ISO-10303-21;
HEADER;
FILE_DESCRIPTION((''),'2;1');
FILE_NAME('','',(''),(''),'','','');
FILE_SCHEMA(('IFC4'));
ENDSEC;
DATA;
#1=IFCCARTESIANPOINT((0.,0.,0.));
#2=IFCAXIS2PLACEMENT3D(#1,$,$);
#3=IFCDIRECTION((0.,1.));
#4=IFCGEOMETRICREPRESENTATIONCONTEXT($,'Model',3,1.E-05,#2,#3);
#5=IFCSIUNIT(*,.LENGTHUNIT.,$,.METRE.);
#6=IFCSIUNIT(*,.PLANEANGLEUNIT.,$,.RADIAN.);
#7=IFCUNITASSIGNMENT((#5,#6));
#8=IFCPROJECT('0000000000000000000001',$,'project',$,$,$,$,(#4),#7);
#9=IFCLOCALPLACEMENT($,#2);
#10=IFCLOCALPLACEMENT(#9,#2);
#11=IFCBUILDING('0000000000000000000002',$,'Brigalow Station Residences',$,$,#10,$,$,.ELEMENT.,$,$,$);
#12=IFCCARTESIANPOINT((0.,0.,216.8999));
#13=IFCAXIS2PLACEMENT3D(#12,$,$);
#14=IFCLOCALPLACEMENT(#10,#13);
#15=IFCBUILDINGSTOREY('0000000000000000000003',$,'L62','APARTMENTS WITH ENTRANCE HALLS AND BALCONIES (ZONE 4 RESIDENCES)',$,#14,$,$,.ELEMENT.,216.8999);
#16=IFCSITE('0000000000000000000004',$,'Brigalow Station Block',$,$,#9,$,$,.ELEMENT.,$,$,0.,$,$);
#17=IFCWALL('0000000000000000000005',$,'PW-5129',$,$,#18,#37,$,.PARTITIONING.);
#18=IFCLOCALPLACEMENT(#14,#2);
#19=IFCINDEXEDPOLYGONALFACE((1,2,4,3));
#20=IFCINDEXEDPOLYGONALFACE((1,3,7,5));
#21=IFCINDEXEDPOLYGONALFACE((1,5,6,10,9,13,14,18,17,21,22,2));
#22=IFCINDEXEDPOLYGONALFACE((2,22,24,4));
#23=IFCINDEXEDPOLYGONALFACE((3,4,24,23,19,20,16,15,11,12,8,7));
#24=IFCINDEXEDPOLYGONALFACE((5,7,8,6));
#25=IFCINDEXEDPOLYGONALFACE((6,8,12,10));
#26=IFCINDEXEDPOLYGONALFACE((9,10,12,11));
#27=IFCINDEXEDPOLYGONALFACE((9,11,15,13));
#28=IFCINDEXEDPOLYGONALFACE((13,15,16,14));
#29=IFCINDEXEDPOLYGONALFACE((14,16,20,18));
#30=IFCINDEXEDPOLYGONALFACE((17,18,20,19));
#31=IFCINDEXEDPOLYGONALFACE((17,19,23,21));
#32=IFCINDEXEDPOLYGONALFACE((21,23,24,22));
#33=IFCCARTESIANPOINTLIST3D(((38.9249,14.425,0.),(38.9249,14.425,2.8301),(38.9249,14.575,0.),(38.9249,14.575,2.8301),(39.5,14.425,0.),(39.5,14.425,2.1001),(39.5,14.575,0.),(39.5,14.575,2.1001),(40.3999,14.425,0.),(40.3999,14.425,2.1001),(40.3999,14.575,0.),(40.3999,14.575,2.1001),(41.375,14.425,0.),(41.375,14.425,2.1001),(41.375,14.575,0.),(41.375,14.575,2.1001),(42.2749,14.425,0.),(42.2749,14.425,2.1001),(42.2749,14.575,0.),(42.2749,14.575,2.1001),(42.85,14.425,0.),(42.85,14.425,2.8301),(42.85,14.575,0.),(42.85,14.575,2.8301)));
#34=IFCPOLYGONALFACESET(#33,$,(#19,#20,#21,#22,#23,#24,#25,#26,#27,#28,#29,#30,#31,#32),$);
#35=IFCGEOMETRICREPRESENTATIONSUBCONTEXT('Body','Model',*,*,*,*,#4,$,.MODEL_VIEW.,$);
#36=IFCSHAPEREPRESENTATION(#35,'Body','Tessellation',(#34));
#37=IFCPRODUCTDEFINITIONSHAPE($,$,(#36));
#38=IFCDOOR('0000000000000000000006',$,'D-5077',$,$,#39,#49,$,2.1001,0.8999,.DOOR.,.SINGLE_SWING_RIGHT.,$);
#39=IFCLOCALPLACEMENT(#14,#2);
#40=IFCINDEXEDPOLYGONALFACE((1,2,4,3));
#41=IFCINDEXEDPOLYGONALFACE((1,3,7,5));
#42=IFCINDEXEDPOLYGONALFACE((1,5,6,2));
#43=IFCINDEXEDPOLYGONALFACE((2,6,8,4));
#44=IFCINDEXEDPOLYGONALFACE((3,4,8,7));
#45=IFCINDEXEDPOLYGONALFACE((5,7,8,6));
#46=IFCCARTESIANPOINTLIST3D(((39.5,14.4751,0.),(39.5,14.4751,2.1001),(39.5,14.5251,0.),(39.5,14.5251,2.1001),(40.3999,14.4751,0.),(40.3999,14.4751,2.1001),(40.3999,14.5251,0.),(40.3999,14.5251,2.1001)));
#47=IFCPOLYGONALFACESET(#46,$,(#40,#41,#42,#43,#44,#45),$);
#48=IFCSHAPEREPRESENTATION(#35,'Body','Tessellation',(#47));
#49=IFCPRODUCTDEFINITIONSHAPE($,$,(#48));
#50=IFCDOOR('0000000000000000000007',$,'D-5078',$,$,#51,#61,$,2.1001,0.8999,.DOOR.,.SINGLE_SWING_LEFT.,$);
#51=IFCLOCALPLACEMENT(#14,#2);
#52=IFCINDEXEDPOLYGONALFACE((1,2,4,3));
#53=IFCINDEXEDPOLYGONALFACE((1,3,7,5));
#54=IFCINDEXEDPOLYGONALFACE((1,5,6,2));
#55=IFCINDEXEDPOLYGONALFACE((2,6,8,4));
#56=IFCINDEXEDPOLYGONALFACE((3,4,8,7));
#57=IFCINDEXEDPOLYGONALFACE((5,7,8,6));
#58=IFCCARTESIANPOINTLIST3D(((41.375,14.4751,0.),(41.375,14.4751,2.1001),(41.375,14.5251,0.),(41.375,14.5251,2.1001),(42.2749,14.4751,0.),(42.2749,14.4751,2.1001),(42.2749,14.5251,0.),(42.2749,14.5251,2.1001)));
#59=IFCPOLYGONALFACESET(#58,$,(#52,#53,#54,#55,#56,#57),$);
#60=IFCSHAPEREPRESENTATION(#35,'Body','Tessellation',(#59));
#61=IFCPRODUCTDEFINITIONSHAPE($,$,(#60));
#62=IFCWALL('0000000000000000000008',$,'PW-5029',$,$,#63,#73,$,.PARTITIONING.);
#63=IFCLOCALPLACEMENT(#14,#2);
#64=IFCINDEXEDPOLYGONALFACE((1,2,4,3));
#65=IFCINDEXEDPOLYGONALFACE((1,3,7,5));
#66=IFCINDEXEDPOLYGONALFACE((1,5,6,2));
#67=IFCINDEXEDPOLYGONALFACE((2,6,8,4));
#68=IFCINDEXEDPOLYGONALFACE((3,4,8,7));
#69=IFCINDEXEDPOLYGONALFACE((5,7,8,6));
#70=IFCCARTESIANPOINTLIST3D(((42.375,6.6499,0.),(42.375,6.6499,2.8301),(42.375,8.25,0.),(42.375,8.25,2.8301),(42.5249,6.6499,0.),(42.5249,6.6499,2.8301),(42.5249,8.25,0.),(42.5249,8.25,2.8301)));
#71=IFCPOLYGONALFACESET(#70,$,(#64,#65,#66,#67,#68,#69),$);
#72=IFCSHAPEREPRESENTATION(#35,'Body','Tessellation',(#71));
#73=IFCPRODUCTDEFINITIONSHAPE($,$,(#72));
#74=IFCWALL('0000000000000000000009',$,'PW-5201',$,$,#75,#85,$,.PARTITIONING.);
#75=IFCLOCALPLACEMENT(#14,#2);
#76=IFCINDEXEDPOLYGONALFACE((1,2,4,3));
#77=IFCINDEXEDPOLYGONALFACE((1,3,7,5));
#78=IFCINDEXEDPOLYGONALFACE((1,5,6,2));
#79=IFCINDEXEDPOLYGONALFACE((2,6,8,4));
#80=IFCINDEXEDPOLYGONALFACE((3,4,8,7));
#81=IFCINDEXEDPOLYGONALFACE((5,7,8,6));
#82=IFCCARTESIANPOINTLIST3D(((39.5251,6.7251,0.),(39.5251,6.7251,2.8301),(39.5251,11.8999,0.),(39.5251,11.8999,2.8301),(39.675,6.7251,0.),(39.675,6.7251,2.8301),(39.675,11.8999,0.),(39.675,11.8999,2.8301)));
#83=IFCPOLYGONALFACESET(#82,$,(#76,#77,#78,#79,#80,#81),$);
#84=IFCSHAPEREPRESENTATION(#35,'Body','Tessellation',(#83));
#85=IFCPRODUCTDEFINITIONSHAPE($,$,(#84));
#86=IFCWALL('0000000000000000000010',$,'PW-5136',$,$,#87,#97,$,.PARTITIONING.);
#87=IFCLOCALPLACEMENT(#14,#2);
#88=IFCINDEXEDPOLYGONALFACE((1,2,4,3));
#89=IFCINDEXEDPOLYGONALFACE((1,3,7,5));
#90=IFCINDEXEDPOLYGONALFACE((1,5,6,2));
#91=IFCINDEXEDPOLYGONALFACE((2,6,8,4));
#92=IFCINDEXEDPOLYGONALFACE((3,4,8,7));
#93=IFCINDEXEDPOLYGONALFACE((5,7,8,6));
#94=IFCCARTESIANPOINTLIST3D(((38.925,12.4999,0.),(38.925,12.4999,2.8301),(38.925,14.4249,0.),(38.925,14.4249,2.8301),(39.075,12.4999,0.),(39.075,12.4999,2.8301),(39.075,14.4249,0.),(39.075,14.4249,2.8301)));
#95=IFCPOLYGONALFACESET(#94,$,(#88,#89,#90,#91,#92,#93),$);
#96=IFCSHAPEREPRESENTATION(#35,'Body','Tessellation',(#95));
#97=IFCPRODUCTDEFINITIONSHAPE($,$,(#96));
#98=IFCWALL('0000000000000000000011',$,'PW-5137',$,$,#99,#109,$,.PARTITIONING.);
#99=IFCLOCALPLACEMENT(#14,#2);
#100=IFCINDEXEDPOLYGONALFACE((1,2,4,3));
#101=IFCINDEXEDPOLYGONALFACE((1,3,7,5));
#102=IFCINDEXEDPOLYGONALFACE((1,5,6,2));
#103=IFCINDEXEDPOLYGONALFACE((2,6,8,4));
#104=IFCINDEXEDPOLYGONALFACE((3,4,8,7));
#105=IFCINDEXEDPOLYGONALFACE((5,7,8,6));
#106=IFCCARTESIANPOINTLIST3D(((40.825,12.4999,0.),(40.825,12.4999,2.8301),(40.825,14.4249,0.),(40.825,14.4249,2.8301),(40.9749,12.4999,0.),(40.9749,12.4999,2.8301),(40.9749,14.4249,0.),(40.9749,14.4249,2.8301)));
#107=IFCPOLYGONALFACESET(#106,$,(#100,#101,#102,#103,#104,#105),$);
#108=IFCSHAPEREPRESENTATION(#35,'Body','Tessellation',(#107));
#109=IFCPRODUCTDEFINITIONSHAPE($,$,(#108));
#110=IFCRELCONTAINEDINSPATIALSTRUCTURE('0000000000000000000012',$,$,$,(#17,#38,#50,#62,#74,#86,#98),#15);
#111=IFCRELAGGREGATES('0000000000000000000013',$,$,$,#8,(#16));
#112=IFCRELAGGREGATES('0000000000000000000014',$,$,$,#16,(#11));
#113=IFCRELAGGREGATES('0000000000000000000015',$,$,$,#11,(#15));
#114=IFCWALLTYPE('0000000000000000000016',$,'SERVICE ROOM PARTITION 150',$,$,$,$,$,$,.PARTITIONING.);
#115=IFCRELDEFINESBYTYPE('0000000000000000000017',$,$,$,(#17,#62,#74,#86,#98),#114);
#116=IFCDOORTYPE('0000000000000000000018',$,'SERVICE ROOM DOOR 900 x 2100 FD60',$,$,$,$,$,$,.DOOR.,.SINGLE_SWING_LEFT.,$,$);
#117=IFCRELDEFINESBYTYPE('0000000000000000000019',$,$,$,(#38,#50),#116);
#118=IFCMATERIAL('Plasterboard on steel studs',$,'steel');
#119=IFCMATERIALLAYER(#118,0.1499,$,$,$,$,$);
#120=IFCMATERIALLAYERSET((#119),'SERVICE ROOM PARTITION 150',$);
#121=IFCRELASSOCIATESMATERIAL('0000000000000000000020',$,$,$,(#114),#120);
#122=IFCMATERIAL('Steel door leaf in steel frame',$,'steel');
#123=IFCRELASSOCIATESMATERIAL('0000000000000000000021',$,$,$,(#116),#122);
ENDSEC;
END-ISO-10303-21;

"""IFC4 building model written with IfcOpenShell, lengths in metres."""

from ifc_helpers import new_model, si_unit, direction, frame, frame_2d, origin, place, context, subcontext, project, spatial, rectangle, extrude, material, layer, layer_set, type_object, element, fill, save


model = new_model("IFC4")

# Units and contexts
model_context = context("Model", 3, precision=1e-05, world=origin(), true_north=direction((0.0, 1.0)))
body_context = subcontext(model_context, "Body", "Model", "MODEL_VIEW")
ifc_project = project(units=[si_unit("LENGTHUNIT", "METRE"), si_unit("PLANEANGLEUNIT", "RADIAN")], contexts=[model_context])

# Site, building, storey
site_placement = place(None, origin())
site = spatial("IfcSite", under=ifc_project, at=site_placement, Name="Brigalow Station Block", CompositionType="ELEMENT", RefElevation=0.0)
building_placement = place(site_placement, origin())
building = spatial("IfcBuilding", under=site, at=building_placement, Name="Brigalow Station Residences", CompositionType="ELEMENT")
storey_placement = place(building_placement, frame((0.0, 0.0, 216.8999)))
storey = spatial("IfcBuildingStorey", under=building, at=storey_placement, Name="L62", Description="APARTMENTS WITH ENTRANCE HALLS AND BALCONIES (ZONE 4 RESIDENCES)", CompositionType="ELEMENT", Elevation=216.8999)

# Wall, openings, doors
ifc_material_1 = material(Name="Plasterboard on steel studs", Category="steel")
ifc_layer_1 = layer(ifc_material_1, 0.1499)
ifc_layer_set_1 = layer_set([ifc_layer_1], Name="SERVICE ROOM PARTITION 150")
wall_type_1 = type_object("IfcWallType", Name="SERVICE ROOM PARTITION 150", PredefinedType="PARTITIONING", material=ifc_layer_set_1)
wall_1_placement = place(storey_placement, frame((38.925, 14.5, 0.0), z_axis=(0.0, 0.0, 1.0), x_axis=(1.0, 0.0, 0.0)))
wall_1 = element("IfcWall", 1, at=wall_1_placement, inside=storey, type_object=wall_type_1, Name="PW-5129", PredefinedType="PARTITIONING", context=body_context, shape_type="SweptSolid", body=[
    extrude(rectangle(XDim=3.925, YDim=0.1499, at=frame_2d((1.9624, 0.0))), origin(), (0.0, 0.0, 1.0), 2.8301),
])
opening_1_placement = place(wall_1_placement, frame((0.575, 0.0, 0.0)))
opening_1 = element("IfcOpeningElement", 2, at=opening_1_placement, cuts=wall_1, PredefinedType="OPENING", context=body_context, shape_type="SweptSolid", body=[
    extrude(rectangle(XDim=0.8999, YDim=2.1001, at=frame_2d((0.45, 1.05))), frame((0.0, 0.085, 0.0), z_axis=(0.0, -1.0, 0.0), x_axis=(1.0, 0.0, 0.0)), (0.0, 0.0, 1.0), 0.1699),
])
opening_2_placement = place(wall_1_placement, frame((2.45, 0.0, 0.0)))
opening_2 = element("IfcOpeningElement", 3, at=opening_2_placement, cuts=wall_1, PredefinedType="OPENING", context=body_context, shape_type="SweptSolid", body=[
    extrude(rectangle(XDim=0.8999, YDim=2.1001, at=frame_2d((0.45, 1.05))), frame((0.0, 0.085, 0.0), z_axis=(0.0, -1.0, 0.0), x_axis=(1.0, 0.0, 0.0)), (0.0, 0.0, 1.0), 0.1699),
])
ifc_material_2 = material(Name="Steel door leaf in steel frame", Category="steel")
door_type_1 = type_object("IfcDoorType", Name="SERVICE ROOM DOOR 900 x 2100 FD60", OperationType="SINGLE_SWING_LEFT", PredefinedType="DOOR", material=ifc_material_2)
door_1_placement = place(opening_1_placement, frame((0.8999, 0.0, 0.0), z_axis=(0.0, 0.0, 1.0), x_axis=(-1.0, 0.0, 0.0)))
door_1 = element("IfcDoor", 4, at=door_1_placement, inside=storey, type_object=door_type_1, Name="D-5077", OperationType="SINGLE_SWING_RIGHT", OverallHeight=2.1001, OverallWidth=0.8999, PredefinedType="DOOR", context=body_context, shape_type="SweptSolid", body=[
    extrude(rectangle(XDim=0.8999, YDim=2.1001, at=frame_2d((0.45, 1.05))), frame((0.0, 0.0249, 0.0), z_axis=(0.0, -1.0, 0.0), x_axis=(1.0, 0.0, 0.0)), (0.0, 0.0, 1.0), 0.05),
])
fill(opening_1, door_1)
door_2_placement = place(opening_2_placement, frame((0.8999, 0.0, 0.0), z_axis=(0.0, 0.0, 1.0), x_axis=(-1.0, 0.0, 0.0)))
door_2 = element("IfcDoor", 5, at=door_2_placement, inside=storey, type_object=door_type_1, Name="D-5078", OperationType="SINGLE_SWING_LEFT", OverallHeight=2.1001, OverallWidth=0.8999, PredefinedType="DOOR", context=body_context, shape_type="SweptSolid", body=[
    extrude(rectangle(XDim=0.8999, YDim=2.1001, at=frame_2d((0.45, 1.05))), frame((0.0, 0.0249, 0.0), z_axis=(0.0, -1.0, 0.0), x_axis=(1.0, 0.0, 0.0)), (0.0, 0.0, 1.0), 0.05),
])
fill(opening_2, door_2)

# Walls
wall_2_placement = place(storey_placement, frame((42.45, 6.6499, 0.0), z_axis=(0.0, 0.0, 1.0), x_axis=(0.0, 1.0, 0.0)))
element("IfcWall", 6, at=wall_2_placement, inside=storey, type_object=wall_type_1, Name="PW-5029", PredefinedType="PARTITIONING", context=body_context, shape_type="SweptSolid", body=[
    extrude(rectangle(XDim=1.6001, YDim=0.1499, at=frame_2d((0.8, 0.0))), origin(), (0.0, 0.0, 1.0), 2.8301),
])
wall_3_placement = place(storey_placement, frame((39.6001, 6.7251, 0.0), z_axis=(0.0, 0.0, 1.0), x_axis=(0.0, 1.0, 0.0)))
element("IfcWall", 7, at=wall_3_placement, inside=storey, type_object=wall_type_1, Name="PW-5201", PredefinedType="PARTITIONING", context=body_context, shape_type="SweptSolid", body=[
    extrude(rectangle(XDim=5.1748, YDim=0.1499, at=frame_2d((2.5874, 0.0))), origin(), (0.0, 0.0, 1.0), 2.8301),
])
for number, where, z_axis, x_axis, name in (
    (8, (39.0, 12.5, 0.0), (0.0, 0.0, 1.0), (0.0, 1.0, 0.0), "PW-5136"),
    (9, (40.8999, 12.5, 0.0), (0.0, 0.0, 1.0), (0.0, 1.0, 0.0), "PW-5137"),
):
    element("IfcWall", number, at=place(storey_placement, frame(where, z_axis=z_axis, x_axis=x_axis)), inside=storey, type_object=wall_type_1, Name=name, PredefinedType="PARTITIONING", context=body_context, shape_type="SweptSolid", body=[
        extrude(rectangle(XDim=1.925, YDim=0.1499, at=frame_2d((0.9624, 0.0))), origin(), (0.0, 0.0, 1.0), 2.8301),
    ])

save(model, "model.ifc")
